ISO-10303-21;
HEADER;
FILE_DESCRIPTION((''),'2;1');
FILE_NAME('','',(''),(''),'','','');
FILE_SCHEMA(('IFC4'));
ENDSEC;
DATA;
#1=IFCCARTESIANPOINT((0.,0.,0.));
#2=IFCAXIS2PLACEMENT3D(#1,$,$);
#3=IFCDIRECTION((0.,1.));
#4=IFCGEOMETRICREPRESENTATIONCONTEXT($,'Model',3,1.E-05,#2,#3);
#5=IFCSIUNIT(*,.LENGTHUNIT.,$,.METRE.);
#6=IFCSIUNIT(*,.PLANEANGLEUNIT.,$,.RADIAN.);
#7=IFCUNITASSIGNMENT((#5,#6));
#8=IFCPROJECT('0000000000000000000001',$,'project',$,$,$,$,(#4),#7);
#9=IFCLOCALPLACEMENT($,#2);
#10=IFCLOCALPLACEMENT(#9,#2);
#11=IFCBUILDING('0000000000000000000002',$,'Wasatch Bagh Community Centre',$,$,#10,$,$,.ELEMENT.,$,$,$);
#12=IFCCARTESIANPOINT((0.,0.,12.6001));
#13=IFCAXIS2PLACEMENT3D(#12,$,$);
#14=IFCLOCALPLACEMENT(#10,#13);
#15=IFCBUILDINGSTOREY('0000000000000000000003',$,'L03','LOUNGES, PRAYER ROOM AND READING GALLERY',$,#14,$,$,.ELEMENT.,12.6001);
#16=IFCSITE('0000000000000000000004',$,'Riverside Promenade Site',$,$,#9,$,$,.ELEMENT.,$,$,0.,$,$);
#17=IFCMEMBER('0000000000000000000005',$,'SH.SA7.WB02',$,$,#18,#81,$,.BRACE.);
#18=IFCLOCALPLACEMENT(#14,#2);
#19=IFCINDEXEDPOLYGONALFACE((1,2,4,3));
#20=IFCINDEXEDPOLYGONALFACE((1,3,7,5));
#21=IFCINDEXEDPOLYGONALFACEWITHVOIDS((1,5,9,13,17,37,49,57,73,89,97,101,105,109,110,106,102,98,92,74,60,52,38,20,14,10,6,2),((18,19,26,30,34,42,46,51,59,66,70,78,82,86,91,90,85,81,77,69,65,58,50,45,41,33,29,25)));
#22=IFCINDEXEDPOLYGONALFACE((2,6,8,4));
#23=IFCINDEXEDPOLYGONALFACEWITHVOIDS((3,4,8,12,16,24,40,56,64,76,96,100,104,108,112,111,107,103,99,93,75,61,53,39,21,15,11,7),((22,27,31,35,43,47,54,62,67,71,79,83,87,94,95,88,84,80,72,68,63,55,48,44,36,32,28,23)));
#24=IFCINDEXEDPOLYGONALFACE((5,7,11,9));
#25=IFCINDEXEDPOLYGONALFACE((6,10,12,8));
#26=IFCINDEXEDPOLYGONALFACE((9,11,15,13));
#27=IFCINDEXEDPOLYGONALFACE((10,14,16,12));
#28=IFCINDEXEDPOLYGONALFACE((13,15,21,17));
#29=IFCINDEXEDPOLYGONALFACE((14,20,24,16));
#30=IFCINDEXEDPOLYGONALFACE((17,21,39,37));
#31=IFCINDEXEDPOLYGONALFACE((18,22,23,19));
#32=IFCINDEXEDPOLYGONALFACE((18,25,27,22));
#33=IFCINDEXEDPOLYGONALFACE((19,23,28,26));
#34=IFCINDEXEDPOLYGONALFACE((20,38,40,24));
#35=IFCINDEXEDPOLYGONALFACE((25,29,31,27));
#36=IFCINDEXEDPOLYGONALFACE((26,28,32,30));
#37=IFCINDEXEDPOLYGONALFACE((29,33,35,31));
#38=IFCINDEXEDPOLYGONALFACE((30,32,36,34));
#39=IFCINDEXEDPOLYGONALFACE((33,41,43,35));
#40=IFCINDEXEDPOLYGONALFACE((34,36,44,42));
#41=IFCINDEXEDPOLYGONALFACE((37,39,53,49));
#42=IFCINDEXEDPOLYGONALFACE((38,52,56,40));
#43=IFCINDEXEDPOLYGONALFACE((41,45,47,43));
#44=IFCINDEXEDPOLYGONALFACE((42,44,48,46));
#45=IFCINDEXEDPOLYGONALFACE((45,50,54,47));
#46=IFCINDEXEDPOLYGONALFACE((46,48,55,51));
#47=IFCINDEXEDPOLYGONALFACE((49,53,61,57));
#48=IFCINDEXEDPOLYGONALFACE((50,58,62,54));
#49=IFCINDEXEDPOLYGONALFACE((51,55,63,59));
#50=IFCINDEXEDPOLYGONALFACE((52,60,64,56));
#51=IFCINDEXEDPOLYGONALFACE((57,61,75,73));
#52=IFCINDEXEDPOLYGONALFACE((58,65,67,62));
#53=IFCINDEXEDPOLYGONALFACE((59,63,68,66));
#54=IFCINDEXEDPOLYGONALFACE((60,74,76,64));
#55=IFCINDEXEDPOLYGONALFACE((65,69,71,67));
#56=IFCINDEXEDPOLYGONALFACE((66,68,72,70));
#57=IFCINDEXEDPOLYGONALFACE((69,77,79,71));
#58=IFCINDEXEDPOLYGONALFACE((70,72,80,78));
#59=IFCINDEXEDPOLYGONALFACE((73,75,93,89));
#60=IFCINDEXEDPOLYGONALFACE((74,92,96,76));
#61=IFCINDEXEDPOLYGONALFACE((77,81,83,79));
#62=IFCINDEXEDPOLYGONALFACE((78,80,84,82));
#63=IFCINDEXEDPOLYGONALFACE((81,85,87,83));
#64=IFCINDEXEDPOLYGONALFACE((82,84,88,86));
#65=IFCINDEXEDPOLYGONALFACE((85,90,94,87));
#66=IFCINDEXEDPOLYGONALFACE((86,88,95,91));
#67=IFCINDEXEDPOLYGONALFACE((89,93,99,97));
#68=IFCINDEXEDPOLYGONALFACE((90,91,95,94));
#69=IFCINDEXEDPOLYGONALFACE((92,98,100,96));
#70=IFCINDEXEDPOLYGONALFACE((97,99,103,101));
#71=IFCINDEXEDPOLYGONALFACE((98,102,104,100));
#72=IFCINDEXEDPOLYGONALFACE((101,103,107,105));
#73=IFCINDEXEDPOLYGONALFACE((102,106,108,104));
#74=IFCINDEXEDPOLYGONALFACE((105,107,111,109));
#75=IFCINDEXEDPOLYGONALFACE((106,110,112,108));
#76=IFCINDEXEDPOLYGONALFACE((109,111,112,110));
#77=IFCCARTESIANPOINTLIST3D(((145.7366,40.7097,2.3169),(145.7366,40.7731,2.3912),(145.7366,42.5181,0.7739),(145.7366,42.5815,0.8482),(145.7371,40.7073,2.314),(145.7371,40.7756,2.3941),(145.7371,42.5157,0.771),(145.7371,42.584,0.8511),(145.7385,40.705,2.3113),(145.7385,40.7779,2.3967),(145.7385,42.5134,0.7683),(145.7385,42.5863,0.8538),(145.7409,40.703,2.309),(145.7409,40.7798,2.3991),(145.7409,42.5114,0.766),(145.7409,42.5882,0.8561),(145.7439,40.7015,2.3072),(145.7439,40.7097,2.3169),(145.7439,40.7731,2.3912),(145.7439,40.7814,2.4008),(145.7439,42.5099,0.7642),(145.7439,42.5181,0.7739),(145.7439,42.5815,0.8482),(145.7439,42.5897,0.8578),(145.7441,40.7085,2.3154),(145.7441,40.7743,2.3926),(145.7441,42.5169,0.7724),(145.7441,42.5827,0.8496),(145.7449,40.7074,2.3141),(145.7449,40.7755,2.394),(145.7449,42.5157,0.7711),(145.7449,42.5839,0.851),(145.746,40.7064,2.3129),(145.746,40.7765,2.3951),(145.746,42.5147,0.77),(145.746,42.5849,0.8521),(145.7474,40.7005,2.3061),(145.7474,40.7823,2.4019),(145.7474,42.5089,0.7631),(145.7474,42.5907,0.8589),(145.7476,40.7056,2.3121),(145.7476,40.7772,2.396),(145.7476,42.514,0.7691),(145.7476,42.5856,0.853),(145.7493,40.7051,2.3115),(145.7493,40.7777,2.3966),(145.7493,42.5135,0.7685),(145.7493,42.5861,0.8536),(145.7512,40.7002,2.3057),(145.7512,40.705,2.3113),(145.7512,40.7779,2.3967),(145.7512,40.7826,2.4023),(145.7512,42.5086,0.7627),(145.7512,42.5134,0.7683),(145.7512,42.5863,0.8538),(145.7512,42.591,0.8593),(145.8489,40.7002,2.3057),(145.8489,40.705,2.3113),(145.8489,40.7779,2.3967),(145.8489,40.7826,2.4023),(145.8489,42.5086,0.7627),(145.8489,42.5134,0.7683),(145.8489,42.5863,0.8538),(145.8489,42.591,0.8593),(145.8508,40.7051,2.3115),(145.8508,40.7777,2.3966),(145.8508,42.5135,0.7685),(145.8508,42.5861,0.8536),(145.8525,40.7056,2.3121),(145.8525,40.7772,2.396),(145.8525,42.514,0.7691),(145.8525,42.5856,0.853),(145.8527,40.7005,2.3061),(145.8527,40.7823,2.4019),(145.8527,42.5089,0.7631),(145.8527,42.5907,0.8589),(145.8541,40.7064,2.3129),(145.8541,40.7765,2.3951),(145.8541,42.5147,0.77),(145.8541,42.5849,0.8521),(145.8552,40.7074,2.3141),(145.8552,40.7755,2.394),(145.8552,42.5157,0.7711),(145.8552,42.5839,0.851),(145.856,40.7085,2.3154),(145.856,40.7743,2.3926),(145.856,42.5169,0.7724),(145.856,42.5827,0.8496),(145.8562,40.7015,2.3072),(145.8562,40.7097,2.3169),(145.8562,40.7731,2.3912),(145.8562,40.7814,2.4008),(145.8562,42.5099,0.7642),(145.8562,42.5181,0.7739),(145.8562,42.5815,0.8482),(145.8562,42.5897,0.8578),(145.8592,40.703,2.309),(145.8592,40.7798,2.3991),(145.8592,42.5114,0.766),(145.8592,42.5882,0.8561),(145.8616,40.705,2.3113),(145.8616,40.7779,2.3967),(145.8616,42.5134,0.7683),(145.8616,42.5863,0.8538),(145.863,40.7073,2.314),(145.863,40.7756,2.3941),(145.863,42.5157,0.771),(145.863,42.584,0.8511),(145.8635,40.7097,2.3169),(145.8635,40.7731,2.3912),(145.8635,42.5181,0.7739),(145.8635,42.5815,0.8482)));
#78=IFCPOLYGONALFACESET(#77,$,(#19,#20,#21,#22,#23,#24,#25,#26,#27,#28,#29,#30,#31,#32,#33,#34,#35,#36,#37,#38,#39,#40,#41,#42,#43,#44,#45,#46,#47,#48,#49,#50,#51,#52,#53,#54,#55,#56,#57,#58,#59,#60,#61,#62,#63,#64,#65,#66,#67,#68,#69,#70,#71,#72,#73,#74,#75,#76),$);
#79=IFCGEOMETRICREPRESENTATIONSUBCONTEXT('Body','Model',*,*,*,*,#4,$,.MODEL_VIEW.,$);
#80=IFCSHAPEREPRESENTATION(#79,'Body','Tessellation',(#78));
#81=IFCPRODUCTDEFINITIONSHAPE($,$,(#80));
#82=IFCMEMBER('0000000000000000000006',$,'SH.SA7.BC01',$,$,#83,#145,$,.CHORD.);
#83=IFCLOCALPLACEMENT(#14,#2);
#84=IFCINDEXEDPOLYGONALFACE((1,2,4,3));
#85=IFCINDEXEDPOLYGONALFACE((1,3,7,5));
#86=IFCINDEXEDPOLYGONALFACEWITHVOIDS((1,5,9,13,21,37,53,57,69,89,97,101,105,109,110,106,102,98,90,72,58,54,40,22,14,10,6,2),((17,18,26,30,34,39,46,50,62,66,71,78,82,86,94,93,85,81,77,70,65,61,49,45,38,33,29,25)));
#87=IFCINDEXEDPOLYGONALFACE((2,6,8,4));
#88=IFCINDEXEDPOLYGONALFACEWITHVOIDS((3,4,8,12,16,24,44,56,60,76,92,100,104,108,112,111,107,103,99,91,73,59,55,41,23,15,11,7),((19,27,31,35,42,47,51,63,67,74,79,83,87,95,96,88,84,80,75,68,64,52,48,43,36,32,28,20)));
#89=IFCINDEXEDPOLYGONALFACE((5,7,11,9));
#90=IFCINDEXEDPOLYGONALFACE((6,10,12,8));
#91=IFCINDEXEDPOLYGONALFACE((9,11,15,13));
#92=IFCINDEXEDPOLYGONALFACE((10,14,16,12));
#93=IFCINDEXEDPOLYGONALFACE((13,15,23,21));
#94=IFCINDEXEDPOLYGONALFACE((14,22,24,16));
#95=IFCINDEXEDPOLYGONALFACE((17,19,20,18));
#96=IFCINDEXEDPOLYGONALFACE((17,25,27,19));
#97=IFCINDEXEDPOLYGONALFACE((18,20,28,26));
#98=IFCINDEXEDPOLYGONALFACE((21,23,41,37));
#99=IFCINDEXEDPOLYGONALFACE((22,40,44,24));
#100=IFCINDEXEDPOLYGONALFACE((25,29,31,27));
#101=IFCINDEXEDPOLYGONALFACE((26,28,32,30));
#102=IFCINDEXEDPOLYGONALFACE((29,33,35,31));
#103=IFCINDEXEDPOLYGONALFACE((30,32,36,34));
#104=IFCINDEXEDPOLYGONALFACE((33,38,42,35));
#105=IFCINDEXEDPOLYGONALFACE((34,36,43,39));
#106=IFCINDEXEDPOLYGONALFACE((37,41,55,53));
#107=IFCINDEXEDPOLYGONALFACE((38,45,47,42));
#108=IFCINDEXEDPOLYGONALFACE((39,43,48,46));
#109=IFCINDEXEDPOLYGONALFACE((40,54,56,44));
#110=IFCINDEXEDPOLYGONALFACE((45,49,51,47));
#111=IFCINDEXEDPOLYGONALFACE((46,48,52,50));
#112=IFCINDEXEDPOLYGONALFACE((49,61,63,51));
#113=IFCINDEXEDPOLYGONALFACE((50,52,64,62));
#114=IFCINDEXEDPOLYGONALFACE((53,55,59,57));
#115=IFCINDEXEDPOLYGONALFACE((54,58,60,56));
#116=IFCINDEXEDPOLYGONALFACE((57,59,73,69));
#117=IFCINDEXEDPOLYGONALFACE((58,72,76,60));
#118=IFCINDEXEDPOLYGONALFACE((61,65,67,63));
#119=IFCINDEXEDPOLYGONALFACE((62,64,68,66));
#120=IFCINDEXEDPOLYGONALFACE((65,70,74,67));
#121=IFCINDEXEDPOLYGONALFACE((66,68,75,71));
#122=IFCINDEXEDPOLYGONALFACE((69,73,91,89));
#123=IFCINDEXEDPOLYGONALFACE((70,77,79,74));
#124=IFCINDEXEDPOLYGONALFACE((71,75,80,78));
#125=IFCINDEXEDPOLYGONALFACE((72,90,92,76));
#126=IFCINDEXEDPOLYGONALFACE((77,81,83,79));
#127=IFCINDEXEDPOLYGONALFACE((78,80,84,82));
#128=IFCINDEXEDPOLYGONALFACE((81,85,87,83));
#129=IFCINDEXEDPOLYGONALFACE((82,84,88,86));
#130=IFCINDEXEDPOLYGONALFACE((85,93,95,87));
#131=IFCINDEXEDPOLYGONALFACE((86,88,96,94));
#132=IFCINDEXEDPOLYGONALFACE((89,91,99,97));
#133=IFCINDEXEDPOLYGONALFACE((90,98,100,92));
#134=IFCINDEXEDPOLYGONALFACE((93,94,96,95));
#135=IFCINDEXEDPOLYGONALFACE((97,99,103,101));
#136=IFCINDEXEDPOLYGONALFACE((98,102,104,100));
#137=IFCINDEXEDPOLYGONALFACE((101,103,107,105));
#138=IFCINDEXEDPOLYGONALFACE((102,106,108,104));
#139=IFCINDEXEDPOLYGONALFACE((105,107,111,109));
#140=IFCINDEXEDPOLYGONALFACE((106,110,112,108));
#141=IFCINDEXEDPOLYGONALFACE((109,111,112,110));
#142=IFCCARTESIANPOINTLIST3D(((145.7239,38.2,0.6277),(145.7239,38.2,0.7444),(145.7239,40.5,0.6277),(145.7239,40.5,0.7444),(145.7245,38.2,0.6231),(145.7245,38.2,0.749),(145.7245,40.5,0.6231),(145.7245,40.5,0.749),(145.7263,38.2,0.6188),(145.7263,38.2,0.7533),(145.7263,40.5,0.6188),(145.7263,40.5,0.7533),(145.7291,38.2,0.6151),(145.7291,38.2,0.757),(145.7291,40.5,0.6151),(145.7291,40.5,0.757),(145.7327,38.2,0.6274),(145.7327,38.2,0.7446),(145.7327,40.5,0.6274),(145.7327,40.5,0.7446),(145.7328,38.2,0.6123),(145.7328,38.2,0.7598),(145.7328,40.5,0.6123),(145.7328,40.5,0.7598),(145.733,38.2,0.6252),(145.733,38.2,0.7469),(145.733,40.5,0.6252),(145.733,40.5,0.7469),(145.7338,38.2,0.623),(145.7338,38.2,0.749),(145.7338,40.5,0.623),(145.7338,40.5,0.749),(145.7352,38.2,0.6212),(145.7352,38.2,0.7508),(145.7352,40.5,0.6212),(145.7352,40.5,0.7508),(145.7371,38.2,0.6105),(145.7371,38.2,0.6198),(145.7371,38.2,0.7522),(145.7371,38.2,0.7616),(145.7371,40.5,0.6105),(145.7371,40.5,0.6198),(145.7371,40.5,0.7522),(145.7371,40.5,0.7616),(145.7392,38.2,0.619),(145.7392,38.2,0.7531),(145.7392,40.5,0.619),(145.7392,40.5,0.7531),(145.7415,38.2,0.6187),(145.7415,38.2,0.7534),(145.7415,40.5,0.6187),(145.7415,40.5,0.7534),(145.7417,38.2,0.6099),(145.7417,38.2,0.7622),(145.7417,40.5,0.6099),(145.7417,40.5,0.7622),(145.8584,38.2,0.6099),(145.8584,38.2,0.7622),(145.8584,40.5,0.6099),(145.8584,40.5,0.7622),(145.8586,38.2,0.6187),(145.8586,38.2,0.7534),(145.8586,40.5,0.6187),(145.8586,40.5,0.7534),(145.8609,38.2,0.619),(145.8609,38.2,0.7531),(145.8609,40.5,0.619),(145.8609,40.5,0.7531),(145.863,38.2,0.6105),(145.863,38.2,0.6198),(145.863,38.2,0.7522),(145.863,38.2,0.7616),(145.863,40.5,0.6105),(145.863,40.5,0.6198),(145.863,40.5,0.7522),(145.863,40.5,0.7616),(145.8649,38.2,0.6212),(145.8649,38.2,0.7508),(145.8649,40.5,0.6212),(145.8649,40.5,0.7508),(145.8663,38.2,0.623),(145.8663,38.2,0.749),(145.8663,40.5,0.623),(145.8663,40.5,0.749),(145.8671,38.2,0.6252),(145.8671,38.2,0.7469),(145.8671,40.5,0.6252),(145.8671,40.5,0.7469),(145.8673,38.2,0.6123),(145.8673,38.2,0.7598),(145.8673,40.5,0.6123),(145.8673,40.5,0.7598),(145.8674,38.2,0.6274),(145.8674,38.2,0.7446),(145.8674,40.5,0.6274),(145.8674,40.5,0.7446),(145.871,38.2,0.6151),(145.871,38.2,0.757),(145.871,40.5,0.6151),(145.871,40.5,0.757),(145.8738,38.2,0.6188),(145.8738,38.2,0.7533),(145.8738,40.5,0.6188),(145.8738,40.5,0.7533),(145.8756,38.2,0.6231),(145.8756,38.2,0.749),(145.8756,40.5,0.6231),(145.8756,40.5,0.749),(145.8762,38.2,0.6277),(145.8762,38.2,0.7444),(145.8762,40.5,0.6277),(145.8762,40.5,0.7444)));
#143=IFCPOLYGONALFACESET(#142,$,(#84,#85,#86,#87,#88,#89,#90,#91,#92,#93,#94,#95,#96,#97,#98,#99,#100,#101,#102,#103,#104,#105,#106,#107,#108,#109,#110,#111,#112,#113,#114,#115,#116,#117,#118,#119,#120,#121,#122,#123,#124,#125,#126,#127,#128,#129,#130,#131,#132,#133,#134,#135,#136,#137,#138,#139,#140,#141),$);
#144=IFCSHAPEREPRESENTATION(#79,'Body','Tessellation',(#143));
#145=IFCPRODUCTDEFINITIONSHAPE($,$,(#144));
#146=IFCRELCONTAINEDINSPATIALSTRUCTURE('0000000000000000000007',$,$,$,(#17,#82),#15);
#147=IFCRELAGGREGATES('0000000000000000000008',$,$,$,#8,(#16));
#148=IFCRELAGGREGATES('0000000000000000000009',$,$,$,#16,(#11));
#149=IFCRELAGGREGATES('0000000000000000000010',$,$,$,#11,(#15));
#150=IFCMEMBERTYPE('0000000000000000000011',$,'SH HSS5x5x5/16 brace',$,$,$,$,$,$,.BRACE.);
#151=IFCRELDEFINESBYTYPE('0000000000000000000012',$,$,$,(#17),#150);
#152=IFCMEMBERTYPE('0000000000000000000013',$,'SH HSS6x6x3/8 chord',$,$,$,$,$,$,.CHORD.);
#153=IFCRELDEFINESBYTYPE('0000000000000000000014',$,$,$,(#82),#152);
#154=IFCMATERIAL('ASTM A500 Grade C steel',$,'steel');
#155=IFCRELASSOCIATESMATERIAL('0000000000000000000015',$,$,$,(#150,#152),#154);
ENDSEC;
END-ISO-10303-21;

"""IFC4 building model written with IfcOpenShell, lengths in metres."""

from ifc_helpers import new_model, si_unit, direction, frame, origin, origin_2d, place, context, subcontext, project, spatial, hollow_rectangle, extrude, material, material_profile, profile_set, type_object, element, save


model = new_model("IFC4")

# Units and contexts
model_context = context("Model", 3, precision=1e-05, world=origin(), true_north=direction((0.0, 1.0)))
body_context = subcontext(model_context, "Body", "Model", "MODEL_VIEW")
ifc_project = project(units=[si_unit("LENGTHUNIT", "METRE"), si_unit("PLANEANGLEUNIT", "RADIAN")], contexts=[model_context])

# Site, building, storey
site_placement = place(None, origin())
site = spatial("IfcSite", under=ifc_project, at=site_placement, Name="Riverside Promenade Site", CompositionType="ELEMENT", RefElevation=0.0)
building_placement = place(site_placement, origin())
building = spatial("IfcBuilding", under=site, at=building_placement, Name="Wasatch Bagh Community Centre", CompositionType="ELEMENT")
storey_placement = place(building_placement, frame((0.0, 0.0, 12.6001)))
storey = spatial("IfcBuildingStorey", under=building, at=storey_placement, Name="L03", Description="LOUNGES, PRAYER ROOM AND READING GALLERY", CompositionType="ELEMENT", Elevation=12.6001)

# Members
ifc_material_1 = material(Name="ASTM A500 Grade C steel", Category="steel")
ifc_material_profile_1 = material_profile(ifc_material_1, hollow_rectangle(XDim=0.127, YDim=0.127, WallThickness=0.0073, InnerFilletRadius=0.0073, OuterFilletRadius=0.0146, at=origin_2d()), Name="HSS5x5x5/16")
ifc_profile_set_1 = profile_set([ifc_material_profile_1], Name="ASTM A500 Grade C steel")
member_type_1 = type_object("IfcMemberType", Name="SH HSS5x5x5/16 brace", PredefinedType="BRACE", material=ifc_profile_set_1)
member_1_placement = place(storey_placement, frame((145.8, 42.5498, 0.811), z_axis=(0.0, -0.760719, 0.649081), x_axis=(1.0, 0.0, 0.0)))
element("IfcMember", 1, at=member_1_placement, inside=storey, type_object=member_type_1, Name="SH.SA7.WB02", PredefinedType="BRACE", context=body_context, shape_type="SweptSolid", body=[
    extrude(hollow_rectangle(XDim=0.127, YDim=0.127, WallThickness=0.0073, InnerFilletRadius=0.0073, OuterFilletRadius=0.0146, at=origin_2d()), origin(), (0.0, 0.0, 1.0), 2.3772),
])
ifc_material_profile_2 = material_profile(ifc_material_1, hollow_rectangle(XDim=0.1523, YDim=0.1523, WallThickness=0.0088, InnerFilletRadius=0.0088, OuterFilletRadius=0.0178, at=origin_2d()), Name="HSS6x6x3/8")
ifc_profile_set_2 = profile_set([ifc_material_profile_2], Name="ASTM A500 Grade C steel")
member_type_2 = type_object("IfcMemberType", Name="SH HSS6x6x3/8 chord", PredefinedType="CHORD", material=ifc_profile_set_2)
for number, where, z_axis, x_axis, name in (
    (2, (145.8, 38.2, 0.686), (0.0, 1.0, 0.0), (-1.0, 0.0, 0.0), "SH.SA7.BC01"),
):
    element("IfcMember", number, at=place(storey_placement, frame(where, z_axis=z_axis, x_axis=x_axis)), inside=storey, type_object=member_type_2, Name=name, PredefinedType="CHORD", context=body_context, shape_type="SweptSolid", body=[
        extrude(hollow_rectangle(XDim=0.1523, YDim=0.1523, WallThickness=0.0088, InnerFilletRadius=0.0088, OuterFilletRadius=0.0178, at=origin_2d()), origin(), (0.0, 0.0, 1.0), 2.3),
    ])

save(model, "model.ifc")
